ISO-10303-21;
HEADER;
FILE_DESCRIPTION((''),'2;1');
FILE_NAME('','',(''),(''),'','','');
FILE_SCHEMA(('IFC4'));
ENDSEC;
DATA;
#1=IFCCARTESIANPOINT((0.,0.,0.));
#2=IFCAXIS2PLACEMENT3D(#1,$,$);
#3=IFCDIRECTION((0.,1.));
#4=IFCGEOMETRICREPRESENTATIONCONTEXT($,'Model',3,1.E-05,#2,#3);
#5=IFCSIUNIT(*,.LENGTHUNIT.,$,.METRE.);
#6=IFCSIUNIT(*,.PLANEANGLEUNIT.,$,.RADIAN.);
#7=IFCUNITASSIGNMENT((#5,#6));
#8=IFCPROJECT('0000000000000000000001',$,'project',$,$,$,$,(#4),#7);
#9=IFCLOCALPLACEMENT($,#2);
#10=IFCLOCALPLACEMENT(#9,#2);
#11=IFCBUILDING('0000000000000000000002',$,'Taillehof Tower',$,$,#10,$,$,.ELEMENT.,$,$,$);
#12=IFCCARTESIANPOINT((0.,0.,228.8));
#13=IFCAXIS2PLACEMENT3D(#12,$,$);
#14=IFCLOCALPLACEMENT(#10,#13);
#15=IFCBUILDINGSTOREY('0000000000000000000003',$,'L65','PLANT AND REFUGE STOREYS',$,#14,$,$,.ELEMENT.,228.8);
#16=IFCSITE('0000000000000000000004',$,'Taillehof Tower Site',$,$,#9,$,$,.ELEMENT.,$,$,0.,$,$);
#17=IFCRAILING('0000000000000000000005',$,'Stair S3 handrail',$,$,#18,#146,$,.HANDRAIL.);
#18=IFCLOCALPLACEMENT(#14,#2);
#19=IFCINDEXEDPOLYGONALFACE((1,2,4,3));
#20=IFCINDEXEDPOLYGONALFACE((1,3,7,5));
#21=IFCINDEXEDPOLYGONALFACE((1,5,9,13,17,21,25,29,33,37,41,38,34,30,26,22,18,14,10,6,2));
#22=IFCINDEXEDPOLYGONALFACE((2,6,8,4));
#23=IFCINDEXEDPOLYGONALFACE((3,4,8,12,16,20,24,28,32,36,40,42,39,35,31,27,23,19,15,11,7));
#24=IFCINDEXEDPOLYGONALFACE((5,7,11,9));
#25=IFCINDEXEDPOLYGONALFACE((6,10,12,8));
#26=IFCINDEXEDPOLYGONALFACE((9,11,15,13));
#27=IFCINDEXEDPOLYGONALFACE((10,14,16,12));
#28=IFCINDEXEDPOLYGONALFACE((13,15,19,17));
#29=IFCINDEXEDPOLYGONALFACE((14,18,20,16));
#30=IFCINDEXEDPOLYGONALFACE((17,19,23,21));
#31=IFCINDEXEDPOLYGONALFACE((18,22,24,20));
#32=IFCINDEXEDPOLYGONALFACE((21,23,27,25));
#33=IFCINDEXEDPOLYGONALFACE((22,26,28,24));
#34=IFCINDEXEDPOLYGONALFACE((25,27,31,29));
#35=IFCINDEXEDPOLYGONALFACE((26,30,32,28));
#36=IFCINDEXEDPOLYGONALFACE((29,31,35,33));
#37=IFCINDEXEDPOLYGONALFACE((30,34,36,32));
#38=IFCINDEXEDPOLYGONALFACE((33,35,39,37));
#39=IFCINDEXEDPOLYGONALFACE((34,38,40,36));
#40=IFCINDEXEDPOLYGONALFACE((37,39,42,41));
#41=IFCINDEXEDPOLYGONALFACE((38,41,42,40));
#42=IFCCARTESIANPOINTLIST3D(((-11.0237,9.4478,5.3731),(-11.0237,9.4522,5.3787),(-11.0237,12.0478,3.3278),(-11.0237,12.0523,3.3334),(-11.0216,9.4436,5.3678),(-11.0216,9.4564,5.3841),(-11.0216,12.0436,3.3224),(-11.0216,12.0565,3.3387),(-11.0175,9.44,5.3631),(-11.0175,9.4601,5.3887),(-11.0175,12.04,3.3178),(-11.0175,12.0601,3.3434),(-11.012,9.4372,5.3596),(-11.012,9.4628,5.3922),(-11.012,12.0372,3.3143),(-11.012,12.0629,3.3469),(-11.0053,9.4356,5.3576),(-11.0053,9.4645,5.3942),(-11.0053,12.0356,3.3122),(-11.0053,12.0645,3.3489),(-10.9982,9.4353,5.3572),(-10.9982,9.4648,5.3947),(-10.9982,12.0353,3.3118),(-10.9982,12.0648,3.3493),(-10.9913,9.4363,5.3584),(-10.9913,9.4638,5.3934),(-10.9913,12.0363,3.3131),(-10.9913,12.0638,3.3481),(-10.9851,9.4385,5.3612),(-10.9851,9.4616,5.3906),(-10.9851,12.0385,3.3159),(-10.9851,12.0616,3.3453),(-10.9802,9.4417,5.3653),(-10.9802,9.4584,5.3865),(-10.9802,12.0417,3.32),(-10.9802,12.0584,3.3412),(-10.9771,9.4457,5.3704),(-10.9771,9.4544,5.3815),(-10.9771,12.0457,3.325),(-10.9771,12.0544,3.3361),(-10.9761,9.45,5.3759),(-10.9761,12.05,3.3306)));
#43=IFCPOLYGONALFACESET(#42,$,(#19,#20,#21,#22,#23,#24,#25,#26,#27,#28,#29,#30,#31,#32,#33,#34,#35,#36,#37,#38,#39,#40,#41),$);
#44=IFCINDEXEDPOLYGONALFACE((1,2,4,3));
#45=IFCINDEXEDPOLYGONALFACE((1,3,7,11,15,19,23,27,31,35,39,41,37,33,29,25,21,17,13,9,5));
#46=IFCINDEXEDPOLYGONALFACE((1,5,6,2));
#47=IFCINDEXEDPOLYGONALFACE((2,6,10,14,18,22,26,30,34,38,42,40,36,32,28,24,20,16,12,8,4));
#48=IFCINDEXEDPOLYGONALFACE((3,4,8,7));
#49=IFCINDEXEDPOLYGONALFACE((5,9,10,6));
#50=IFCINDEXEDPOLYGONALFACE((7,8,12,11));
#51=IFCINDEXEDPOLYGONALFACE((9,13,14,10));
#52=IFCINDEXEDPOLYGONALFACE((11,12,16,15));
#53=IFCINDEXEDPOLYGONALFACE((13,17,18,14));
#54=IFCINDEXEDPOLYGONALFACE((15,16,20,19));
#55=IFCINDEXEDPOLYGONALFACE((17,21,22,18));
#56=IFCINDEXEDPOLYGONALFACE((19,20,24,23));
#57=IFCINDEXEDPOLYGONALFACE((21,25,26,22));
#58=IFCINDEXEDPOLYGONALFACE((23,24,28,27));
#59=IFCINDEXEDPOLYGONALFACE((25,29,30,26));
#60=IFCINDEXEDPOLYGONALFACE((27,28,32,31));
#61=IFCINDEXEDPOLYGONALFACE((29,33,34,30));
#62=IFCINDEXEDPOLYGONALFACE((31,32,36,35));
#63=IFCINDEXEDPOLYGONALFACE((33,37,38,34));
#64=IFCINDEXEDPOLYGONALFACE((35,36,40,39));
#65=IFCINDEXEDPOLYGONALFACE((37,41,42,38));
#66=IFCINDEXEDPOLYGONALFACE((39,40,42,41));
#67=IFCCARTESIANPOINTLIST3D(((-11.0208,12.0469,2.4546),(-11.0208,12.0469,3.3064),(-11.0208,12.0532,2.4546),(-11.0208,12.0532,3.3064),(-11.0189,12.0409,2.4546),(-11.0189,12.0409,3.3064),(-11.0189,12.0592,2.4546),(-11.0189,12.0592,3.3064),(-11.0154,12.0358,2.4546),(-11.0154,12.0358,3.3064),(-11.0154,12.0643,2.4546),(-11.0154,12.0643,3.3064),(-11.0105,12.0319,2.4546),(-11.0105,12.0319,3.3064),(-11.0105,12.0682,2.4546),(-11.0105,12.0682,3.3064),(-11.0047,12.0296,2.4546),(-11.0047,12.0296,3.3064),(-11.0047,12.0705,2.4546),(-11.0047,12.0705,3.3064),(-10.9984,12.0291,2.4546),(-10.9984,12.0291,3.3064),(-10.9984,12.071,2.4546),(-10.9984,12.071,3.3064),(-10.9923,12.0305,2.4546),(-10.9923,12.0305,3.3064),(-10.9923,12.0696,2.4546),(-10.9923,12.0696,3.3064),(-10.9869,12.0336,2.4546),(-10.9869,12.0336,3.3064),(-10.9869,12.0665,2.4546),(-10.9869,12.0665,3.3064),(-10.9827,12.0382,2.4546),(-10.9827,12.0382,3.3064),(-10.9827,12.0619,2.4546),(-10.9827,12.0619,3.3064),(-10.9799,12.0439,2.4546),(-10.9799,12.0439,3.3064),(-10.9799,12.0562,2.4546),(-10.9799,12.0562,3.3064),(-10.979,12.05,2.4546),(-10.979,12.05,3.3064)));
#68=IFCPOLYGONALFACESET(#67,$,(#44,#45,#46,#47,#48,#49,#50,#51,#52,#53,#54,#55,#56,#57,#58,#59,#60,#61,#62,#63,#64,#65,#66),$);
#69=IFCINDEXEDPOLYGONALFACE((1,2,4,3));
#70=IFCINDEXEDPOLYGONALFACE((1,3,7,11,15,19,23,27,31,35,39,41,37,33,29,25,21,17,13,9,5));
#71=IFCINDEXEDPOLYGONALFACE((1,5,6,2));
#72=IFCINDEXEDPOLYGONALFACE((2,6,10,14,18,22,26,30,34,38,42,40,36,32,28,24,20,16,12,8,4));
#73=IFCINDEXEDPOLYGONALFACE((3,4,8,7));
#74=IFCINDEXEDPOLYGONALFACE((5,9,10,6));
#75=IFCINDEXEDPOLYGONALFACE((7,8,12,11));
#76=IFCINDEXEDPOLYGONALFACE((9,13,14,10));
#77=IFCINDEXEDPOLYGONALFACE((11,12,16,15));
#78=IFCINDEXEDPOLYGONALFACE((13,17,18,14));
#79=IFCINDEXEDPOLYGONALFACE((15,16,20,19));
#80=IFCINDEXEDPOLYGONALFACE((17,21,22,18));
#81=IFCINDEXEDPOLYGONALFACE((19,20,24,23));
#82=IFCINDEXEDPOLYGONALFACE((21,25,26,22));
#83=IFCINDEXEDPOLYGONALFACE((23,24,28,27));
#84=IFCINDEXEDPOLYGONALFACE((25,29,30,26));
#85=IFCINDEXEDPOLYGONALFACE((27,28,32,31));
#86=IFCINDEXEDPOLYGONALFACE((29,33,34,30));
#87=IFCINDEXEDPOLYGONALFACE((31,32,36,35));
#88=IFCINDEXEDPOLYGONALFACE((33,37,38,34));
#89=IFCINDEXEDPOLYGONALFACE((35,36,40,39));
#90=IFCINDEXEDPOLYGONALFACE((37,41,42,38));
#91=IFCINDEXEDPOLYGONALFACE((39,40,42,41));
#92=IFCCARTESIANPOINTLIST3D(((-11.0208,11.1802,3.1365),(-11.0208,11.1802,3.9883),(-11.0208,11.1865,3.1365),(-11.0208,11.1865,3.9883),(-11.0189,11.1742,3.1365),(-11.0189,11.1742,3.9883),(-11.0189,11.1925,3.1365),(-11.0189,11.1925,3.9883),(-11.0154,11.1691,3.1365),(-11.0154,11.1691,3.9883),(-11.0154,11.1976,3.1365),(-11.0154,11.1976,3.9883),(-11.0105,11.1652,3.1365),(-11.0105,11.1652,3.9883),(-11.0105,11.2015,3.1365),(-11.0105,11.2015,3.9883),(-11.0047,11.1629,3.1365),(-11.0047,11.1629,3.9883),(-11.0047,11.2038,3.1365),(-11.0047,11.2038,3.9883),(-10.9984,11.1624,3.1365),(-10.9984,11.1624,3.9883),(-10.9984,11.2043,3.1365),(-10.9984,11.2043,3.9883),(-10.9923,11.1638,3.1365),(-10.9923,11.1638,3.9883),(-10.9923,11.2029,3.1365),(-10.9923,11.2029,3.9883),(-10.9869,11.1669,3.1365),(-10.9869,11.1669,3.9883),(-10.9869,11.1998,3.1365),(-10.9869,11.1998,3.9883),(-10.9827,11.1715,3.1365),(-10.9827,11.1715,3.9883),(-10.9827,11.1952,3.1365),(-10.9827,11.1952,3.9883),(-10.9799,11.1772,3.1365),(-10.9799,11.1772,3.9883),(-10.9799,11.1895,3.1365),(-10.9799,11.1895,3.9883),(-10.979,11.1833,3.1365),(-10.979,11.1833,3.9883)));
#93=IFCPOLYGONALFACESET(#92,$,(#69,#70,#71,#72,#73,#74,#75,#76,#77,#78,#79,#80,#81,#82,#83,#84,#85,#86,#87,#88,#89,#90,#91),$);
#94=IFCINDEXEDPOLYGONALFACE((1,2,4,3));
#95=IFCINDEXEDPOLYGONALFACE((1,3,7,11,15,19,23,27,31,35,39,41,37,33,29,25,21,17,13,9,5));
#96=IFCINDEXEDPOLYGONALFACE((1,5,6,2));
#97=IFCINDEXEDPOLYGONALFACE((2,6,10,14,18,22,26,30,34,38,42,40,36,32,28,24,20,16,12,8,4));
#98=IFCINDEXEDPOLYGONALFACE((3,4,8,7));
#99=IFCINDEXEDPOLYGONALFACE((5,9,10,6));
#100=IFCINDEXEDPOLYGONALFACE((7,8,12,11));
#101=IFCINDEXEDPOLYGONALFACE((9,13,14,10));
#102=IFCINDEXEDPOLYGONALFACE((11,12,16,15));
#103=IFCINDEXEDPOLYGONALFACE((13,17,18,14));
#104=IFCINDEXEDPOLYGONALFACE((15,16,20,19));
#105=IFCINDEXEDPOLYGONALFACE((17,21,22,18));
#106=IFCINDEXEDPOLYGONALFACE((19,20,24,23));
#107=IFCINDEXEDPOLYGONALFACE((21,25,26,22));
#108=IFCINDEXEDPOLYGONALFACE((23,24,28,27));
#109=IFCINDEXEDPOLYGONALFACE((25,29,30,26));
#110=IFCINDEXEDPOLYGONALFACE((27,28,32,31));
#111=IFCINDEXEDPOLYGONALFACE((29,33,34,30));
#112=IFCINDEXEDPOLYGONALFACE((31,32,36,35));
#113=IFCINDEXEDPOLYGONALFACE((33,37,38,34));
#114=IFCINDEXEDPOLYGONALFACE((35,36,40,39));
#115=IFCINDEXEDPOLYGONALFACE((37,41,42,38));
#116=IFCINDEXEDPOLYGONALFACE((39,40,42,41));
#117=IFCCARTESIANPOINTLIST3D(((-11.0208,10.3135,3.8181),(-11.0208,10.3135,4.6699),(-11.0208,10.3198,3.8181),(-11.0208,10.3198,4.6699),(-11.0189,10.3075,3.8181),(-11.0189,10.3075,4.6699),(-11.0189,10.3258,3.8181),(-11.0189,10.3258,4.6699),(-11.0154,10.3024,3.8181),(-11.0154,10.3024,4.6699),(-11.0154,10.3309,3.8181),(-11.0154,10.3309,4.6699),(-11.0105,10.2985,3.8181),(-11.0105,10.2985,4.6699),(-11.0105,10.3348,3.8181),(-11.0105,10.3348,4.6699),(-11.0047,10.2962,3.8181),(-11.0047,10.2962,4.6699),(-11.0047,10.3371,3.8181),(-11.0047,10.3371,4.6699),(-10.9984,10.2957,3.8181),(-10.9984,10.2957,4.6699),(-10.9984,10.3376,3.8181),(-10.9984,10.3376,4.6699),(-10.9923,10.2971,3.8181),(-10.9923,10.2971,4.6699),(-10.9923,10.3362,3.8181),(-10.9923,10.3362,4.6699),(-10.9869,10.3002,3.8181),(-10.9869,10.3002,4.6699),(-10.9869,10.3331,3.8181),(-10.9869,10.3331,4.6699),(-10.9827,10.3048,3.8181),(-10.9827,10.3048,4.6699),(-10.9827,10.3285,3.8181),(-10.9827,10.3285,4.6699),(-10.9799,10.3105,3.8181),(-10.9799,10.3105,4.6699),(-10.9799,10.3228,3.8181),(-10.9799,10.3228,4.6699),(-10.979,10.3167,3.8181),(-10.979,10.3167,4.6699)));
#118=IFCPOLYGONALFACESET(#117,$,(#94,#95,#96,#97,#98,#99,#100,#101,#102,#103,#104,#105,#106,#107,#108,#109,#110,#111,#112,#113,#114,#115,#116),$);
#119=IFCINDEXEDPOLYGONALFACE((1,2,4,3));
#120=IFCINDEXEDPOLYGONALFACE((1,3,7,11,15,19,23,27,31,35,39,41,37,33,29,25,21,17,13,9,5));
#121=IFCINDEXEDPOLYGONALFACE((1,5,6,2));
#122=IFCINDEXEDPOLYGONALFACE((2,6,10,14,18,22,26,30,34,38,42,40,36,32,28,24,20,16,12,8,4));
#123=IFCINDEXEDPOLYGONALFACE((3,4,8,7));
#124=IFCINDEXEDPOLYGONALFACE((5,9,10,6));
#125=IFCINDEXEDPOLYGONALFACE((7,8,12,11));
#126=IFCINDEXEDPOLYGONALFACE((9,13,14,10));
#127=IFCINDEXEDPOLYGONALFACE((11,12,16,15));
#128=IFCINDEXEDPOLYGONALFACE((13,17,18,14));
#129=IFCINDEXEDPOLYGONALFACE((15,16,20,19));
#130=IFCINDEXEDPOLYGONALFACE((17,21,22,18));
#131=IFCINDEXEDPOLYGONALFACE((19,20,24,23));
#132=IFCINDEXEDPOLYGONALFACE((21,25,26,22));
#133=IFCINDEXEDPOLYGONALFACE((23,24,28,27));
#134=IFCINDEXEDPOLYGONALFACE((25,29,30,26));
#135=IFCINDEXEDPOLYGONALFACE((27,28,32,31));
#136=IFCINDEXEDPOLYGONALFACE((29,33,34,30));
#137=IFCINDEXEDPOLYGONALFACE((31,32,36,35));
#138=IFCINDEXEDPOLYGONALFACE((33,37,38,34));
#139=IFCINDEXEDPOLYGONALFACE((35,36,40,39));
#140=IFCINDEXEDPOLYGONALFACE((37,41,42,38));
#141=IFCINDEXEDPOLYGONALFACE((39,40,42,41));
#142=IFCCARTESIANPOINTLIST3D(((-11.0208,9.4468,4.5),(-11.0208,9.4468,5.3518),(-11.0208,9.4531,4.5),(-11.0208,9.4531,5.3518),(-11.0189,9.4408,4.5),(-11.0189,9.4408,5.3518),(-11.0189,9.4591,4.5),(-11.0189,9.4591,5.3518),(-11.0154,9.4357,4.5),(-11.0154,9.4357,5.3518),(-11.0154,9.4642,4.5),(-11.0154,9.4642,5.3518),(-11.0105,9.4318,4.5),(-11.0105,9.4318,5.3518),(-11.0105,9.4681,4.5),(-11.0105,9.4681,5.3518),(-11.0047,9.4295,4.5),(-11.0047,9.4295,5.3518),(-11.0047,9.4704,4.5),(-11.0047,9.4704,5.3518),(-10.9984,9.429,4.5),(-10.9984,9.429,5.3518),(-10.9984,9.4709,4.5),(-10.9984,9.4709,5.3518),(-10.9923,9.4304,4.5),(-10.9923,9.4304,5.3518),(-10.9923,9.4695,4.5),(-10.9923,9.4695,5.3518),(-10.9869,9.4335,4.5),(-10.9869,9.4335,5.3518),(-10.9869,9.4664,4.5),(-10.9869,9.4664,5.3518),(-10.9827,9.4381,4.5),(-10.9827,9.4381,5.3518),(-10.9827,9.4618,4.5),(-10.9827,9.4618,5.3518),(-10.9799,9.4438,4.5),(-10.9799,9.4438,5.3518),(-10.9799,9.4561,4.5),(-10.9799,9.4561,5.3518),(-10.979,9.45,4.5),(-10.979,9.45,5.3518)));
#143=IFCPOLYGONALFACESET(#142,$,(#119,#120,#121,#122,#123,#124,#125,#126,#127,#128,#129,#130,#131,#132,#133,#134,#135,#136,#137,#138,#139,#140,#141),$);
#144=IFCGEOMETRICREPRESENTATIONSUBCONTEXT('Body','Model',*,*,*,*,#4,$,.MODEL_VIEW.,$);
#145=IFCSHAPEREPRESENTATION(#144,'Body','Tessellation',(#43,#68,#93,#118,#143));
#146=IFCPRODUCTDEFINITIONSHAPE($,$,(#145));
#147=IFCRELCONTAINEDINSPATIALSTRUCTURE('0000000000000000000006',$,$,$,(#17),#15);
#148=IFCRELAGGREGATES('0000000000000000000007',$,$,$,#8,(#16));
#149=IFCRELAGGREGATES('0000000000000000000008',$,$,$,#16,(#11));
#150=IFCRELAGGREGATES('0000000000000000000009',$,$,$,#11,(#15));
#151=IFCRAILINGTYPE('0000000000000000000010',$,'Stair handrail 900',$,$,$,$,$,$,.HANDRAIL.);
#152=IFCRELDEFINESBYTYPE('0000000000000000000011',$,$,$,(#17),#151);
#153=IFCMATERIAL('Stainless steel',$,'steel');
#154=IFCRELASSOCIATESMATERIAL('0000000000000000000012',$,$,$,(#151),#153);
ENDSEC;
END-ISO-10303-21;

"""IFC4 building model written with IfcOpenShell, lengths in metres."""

from ifc_helpers import new_model, si_unit, direction, frame, origin, origin_2d, place, context, subcontext, project, spatial, circle, extrude, material, type_object, element, save


model = new_model("IFC4")

# Units and contexts
model_context = context("Model", 3, precision=1e-05, world=origin(), true_north=direction((0.0, 1.0)))
body_context = subcontext(model_context, "Body", "Model", "MODEL_VIEW")
ifc_project = project(units=[si_unit("LENGTHUNIT", "METRE"), si_unit("PLANEANGLEUNIT", "RADIAN")], contexts=[model_context])

# Site, building, storey
site_placement = place(None, origin())
site = spatial("IfcSite", under=ifc_project, at=site_placement, Name="Taillehof Tower Site", CompositionType="ELEMENT", RefElevation=0.0)
building_placement = place(site_placement, origin())
building = spatial("IfcBuilding", under=site, at=building_placement, Name="Taillehof Tower", CompositionType="ELEMENT")
storey_placement = place(building_placement, frame((0.0, 0.0, 228.8)))
storey = spatial("IfcBuildingStorey", under=building, at=storey_placement, Name="L65", Description="PLANT AND REFUGE STOREYS", CompositionType="ELEMENT", Elevation=228.8)

# Railing
ifc_material_1 = material(Name="Stainless steel", Category="steel")
railing_type = type_object("IfcRailingType", Name="Stair handrail 900", PredefinedType="HANDRAIL", material=ifc_material_1)
railing_1_placement = place(storey_placement, frame((-11.0, 12.05, 2.4546)))
element("IfcRailing", 1, at=railing_1_placement, inside=storey, type_object=railing_type, Name="Stair S3 handrail", PredefinedType="HANDRAIL", context=body_context, shape_type="SweptSolid", body=[
    extrude(circle(Radius=0.0239, at=origin_2d()), frame((0.0, 0.0, 0.876), z_axis=(0.0, -0.785955, 0.618284), x_axis=(1.0, 0.0, 0.0)), (0.0, 0.0, 1.0), 3.3081),
    extrude(circle(Radius=0.021, at=origin_2d()), origin(), (0.0, 0.0, 1.0), 0.8518),
    extrude(circle(Radius=0.021, at=origin_2d()), frame((0.0, -0.8667, 0.6819)), (0.0, 0.0, 1.0), 0.8518),
    extrude(circle(Radius=0.021, at=origin_2d()), frame((0.0, -1.7334, 1.3635)), (0.0, 0.0, 1.0), 0.8518),
    extrude(circle(Radius=0.021, at=origin_2d()), frame((0.0, -2.6001, 2.0454)), (0.0, 0.0, 1.0), 0.8518),
])

save(model, "model.ifc")
